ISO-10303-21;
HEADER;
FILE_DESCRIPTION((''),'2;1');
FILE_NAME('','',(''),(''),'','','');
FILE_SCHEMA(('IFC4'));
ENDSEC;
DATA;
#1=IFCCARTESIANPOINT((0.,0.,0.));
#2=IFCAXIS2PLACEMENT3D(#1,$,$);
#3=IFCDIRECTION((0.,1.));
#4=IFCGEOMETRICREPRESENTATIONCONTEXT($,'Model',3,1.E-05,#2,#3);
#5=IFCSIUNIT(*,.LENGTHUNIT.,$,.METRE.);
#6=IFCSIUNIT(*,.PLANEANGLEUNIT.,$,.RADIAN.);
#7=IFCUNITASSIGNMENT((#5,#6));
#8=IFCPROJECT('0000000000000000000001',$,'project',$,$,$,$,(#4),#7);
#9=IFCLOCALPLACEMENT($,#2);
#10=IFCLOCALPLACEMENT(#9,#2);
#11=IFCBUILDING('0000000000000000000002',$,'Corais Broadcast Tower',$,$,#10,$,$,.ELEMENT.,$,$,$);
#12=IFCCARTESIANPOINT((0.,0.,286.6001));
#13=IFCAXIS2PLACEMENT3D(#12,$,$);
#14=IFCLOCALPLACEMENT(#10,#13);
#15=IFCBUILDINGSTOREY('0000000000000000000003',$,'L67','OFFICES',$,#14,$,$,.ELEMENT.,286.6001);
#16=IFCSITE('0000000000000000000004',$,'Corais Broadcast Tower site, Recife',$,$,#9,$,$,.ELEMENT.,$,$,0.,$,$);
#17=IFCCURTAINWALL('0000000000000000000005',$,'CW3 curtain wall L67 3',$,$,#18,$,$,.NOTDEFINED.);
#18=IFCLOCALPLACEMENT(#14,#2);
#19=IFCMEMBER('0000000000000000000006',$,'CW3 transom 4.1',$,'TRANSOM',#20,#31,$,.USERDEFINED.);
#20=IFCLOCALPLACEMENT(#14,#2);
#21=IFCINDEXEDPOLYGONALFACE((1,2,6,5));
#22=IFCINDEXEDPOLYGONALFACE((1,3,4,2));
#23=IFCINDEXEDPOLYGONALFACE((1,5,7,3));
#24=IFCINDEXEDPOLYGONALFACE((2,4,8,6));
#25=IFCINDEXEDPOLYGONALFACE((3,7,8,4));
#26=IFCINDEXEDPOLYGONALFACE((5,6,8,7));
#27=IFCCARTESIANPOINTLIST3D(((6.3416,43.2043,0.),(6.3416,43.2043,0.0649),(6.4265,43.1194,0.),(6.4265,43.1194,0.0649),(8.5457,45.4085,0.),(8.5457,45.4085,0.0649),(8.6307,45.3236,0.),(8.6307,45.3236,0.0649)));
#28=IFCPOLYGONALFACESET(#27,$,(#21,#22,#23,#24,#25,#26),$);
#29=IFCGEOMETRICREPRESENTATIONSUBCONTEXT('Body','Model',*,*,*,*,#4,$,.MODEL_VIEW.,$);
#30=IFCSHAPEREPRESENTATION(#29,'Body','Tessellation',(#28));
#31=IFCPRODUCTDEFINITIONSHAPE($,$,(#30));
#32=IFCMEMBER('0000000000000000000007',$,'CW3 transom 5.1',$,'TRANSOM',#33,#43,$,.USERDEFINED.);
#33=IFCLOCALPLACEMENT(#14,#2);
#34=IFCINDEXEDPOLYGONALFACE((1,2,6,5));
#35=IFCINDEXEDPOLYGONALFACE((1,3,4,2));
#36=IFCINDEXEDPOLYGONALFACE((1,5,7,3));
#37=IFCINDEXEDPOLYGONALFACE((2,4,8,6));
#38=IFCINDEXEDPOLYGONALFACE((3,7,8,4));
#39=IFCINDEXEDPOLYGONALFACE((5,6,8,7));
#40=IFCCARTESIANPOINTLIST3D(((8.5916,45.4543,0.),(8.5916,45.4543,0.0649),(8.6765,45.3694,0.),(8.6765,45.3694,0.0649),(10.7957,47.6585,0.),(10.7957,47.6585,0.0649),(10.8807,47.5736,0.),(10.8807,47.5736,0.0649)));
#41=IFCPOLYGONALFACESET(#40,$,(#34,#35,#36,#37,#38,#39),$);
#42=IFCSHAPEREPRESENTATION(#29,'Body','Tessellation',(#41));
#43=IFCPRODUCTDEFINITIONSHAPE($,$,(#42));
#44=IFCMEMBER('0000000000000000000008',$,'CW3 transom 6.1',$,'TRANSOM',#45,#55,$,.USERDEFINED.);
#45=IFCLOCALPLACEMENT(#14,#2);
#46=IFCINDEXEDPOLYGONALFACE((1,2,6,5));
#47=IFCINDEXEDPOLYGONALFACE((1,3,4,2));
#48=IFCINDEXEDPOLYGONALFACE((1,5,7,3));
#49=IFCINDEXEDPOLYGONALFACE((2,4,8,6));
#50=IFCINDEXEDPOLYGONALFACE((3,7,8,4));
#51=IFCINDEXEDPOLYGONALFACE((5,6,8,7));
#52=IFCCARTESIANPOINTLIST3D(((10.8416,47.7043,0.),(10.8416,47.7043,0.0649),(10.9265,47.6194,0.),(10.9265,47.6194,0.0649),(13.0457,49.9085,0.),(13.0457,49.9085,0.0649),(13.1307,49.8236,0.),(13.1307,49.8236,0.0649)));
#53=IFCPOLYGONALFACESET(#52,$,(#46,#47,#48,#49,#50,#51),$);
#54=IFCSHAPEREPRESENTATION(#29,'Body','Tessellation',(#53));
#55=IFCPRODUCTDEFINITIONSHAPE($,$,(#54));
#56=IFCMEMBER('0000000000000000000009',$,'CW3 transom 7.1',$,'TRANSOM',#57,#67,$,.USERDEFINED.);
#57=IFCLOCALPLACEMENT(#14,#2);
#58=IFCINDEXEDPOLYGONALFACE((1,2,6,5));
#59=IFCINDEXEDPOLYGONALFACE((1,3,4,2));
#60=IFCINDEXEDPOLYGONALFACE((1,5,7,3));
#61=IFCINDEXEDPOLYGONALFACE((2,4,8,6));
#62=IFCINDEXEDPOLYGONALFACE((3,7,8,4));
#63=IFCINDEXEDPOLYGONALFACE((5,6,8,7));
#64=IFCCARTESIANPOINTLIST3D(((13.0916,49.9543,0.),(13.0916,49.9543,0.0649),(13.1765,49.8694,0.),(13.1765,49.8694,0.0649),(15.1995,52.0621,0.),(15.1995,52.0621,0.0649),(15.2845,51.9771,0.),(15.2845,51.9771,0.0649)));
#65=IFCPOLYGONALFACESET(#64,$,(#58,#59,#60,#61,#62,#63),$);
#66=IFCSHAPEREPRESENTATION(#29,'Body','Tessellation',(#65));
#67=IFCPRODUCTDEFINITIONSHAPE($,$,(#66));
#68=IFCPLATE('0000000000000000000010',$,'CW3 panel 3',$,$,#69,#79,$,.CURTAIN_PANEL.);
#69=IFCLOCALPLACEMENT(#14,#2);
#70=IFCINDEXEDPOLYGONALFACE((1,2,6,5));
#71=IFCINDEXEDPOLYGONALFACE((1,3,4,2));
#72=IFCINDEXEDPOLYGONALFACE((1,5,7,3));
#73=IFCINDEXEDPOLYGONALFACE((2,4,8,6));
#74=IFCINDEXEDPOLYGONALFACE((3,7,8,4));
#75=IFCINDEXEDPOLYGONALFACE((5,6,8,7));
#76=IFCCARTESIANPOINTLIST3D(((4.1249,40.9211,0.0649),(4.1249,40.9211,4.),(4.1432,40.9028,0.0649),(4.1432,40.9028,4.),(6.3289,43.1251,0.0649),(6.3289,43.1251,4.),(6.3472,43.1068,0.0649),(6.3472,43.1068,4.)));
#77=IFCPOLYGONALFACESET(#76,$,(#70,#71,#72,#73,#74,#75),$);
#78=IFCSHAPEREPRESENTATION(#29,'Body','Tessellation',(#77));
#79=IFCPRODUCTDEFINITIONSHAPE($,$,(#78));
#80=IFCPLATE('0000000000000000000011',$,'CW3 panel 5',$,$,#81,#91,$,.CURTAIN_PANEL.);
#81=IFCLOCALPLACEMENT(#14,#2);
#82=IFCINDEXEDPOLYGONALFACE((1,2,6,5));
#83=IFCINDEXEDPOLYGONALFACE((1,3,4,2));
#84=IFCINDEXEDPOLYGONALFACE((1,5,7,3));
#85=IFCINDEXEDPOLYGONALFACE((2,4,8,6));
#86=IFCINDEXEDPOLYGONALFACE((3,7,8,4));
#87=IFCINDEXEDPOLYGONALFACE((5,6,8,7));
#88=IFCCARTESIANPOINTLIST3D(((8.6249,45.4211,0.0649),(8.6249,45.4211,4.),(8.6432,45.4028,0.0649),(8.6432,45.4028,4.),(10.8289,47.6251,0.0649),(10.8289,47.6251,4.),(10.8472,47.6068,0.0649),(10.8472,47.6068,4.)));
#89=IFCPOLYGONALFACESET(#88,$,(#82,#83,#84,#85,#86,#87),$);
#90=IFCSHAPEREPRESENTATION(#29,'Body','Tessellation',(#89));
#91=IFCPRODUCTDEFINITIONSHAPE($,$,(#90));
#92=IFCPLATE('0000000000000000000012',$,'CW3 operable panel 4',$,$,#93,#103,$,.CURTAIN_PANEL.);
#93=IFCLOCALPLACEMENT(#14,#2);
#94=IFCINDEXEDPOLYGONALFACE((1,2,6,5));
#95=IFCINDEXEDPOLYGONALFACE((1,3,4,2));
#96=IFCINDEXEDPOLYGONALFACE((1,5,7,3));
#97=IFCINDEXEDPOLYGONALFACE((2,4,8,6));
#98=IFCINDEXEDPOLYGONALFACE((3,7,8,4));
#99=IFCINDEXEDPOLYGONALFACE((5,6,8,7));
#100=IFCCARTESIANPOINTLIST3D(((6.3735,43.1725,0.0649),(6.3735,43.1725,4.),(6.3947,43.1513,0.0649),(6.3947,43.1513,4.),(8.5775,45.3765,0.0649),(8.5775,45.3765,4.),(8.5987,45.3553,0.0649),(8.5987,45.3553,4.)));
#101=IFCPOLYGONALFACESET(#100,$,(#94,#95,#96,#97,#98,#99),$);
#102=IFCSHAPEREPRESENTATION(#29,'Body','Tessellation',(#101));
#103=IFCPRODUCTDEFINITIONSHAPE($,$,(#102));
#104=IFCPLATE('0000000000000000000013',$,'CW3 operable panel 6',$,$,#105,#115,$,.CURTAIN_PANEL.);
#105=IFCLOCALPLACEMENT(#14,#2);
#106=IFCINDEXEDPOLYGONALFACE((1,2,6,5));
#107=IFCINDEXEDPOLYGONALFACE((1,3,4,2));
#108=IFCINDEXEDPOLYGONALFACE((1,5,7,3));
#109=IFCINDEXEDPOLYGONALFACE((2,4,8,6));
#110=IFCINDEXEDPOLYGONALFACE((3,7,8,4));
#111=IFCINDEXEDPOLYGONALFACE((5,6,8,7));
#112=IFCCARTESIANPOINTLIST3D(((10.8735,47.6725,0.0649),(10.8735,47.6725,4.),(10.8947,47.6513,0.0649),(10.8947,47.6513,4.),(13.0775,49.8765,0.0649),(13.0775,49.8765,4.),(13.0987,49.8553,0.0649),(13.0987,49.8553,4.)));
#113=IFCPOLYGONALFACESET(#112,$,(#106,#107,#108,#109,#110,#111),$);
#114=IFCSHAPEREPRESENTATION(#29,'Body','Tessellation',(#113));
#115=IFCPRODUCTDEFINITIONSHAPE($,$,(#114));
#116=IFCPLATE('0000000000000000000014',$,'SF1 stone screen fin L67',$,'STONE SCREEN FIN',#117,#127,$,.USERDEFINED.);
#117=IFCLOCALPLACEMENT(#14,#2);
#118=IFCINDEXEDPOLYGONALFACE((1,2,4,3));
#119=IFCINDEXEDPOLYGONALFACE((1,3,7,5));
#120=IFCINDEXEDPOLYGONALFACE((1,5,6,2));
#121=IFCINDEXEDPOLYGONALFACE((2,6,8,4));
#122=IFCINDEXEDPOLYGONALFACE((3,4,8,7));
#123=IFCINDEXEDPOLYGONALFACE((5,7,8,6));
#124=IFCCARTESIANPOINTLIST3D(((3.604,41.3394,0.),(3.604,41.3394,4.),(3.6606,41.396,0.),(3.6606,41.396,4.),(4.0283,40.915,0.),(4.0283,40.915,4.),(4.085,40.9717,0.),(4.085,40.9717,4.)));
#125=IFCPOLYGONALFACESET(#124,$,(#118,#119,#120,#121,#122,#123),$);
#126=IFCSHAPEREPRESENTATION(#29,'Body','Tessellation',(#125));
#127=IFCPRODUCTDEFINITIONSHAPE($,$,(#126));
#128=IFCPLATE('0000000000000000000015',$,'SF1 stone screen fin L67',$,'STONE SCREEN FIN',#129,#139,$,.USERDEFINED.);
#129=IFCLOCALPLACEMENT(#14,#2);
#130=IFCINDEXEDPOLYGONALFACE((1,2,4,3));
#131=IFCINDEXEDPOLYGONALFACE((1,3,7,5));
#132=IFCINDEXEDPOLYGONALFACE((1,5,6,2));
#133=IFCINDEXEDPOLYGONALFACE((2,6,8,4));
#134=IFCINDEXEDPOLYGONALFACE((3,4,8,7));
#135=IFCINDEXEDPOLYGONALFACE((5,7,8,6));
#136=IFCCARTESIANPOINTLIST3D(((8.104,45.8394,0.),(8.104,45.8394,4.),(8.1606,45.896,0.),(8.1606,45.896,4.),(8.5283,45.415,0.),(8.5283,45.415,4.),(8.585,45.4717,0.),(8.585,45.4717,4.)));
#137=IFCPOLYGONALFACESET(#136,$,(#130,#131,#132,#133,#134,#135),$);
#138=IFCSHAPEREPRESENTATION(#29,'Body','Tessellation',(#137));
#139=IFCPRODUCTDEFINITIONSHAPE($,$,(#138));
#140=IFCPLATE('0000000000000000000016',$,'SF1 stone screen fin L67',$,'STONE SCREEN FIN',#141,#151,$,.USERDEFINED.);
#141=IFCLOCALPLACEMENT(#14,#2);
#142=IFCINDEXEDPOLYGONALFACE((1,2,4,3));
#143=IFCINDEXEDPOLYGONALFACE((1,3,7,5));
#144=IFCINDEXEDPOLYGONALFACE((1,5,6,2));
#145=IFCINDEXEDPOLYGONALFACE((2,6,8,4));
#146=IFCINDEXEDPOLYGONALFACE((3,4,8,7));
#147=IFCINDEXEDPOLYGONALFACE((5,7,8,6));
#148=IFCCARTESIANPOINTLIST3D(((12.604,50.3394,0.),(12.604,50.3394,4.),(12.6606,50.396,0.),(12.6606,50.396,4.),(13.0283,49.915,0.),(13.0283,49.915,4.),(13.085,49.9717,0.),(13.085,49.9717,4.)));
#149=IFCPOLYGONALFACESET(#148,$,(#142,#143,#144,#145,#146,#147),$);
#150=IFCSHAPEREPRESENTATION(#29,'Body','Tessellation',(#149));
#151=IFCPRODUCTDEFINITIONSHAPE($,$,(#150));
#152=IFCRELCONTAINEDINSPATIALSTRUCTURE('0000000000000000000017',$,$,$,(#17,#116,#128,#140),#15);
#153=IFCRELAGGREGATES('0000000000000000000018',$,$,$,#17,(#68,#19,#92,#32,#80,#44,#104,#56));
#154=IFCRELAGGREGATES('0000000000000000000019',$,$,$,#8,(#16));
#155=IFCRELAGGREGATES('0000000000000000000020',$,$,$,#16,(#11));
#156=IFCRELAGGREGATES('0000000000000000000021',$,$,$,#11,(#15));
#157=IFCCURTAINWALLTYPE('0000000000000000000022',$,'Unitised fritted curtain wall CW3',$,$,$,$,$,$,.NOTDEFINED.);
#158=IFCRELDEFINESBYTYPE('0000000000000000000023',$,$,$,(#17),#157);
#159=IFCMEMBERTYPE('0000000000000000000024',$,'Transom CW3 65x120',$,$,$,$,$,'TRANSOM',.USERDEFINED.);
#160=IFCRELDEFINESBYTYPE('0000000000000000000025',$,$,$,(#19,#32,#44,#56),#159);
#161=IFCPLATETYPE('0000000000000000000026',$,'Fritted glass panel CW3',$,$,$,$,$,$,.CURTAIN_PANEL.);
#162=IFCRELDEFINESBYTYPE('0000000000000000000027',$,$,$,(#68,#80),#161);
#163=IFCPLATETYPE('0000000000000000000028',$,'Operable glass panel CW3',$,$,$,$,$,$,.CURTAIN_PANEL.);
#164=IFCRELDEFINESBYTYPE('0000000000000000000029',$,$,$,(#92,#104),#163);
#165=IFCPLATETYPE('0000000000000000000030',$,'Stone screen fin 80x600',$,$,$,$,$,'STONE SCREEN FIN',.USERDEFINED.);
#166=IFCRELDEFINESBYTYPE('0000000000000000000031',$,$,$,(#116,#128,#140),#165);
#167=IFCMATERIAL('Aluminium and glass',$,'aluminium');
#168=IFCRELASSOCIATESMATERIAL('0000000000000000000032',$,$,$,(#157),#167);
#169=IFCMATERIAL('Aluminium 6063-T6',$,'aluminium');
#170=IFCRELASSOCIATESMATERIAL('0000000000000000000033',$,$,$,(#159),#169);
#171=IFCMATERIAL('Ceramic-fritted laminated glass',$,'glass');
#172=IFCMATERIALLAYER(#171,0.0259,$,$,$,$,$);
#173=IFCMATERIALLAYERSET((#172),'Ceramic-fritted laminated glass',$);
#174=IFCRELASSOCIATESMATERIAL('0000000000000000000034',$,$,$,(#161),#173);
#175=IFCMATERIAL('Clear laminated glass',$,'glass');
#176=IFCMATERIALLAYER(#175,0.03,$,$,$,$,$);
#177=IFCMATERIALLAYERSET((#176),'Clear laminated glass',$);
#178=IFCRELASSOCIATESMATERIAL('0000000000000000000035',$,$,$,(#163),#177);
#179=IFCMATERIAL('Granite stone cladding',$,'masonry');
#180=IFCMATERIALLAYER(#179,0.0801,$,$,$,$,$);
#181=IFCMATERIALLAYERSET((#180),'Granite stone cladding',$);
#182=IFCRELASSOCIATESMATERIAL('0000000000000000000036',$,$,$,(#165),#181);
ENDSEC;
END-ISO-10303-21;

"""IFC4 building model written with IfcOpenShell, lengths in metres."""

from ifc_helpers import new_model, si_unit, direction, frame, origin, origin_2d, place, context, subcontext, project, spatial, rectangle, extrude, material, layer, layer_set, material_profile, profile_set, type_object, element, aggregate, save


model = new_model("IFC4")

# Units and contexts
model_context = context("Model", 3, precision=1e-05, world=origin(), true_north=direction((0.0, 1.0)))
body_context = subcontext(model_context, "Body", "Model", "MODEL_VIEW")
ifc_project = project(units=[si_unit("LENGTHUNIT", "METRE"), si_unit("PLANEANGLEUNIT", "RADIAN")], contexts=[model_context])

# Site, building, storey
site_placement = place(None, origin())
site = spatial("IfcSite", under=ifc_project, at=site_placement, Name="Corais Broadcast Tower site, Recife", CompositionType="ELEMENT", RefElevation=0.0)
building_placement = place(site_placement, origin())
building = spatial("IfcBuilding", under=site, at=building_placement, Name="Corais Broadcast Tower", CompositionType="ELEMENT")
storey_placement = place(building_placement, frame((0.0, 0.0, 286.6001)))
storey = spatial("IfcBuildingStorey", under=building, at=storey_placement, Name="L67", Description="OFFICES", CompositionType="ELEMENT", Elevation=286.6001)

# Curtain wall
ifc_material_1 = material(Name="Aluminium and glass", Category="aluminium")
curtain_wall_type = type_object("IfcCurtainWallType", Name="Unitised fritted curtain wall CW3", PredefinedType="NOTDEFINED", material=ifc_material_1)
curtain_wall_placement = place(storey_placement, origin())
curtain_wall = element("IfcCurtainWall", 1, at=curtain_wall_placement, inside=storey, type_object=curtain_wall_type, Name="CW3 curtain wall L67 3", PredefinedType="NOTDEFINED")

# Members
ifc_material_2 = material(Name="Aluminium 6063-T6", Category="aluminium")
ifc_material_profile_1 = material_profile(ifc_material_2, rectangle(XDim=0.1201, YDim=0.0649, at=origin_2d()), Name="Transom CW3 65x120")
ifc_profile_set_1 = profile_set([ifc_material_profile_1], Name="Aluminium 6063-T6")
member_type_1 = type_object("IfcMemberType", Name="Transom CW3 65x120", ElementType="TRANSOM", PredefinedType="USERDEFINED", material=ifc_profile_set_1)
member_1_placement = place(storey_placement, frame((6.384, 43.1619, 0.0325), z_axis=(0.707107, 0.707107, 0.0), x_axis=(-0.707107, 0.707107, 0.0)))
member_1 = element("IfcMember", 2, at=member_1_placement, type_object=member_type_1, Name="CW3 transom 4.1", ObjectType="TRANSOM", PredefinedType="USERDEFINED", context=body_context, shape_type="SweptSolid", body=[
    extrude(rectangle(XDim=0.1201, YDim=0.0649, at=origin_2d()), origin(), (0.0, 0.0, 1.0), 3.1172),
])
member_2_placement = place(storey_placement, frame((8.634, 45.4119, 0.0325), z_axis=(0.707107, 0.707107, 0.0), x_axis=(-0.707107, 0.707107, 0.0)))
member_2 = element("IfcMember", 3, at=member_2_placement, type_object=member_type_1, Name="CW3 transom 5.1", ObjectType="TRANSOM", PredefinedType="USERDEFINED", context=body_context, shape_type="SweptSolid", body=[
    extrude(rectangle(XDim=0.1201, YDim=0.0649, at=origin_2d()), origin(), (0.0, 0.0, 1.0), 3.1172),
])
member_3_placement = place(storey_placement, frame((10.884, 47.6619, 0.0325), z_axis=(0.707107, 0.707107, 0.0), x_axis=(-0.707107, 0.707107, 0.0)))
member_3 = element("IfcMember", 4, at=member_3_placement, type_object=member_type_1, Name="CW3 transom 6.1", ObjectType="TRANSOM", PredefinedType="USERDEFINED", context=body_context, shape_type="SweptSolid", body=[
    extrude(rectangle(XDim=0.1201, YDim=0.0649, at=origin_2d()), origin(), (0.0, 0.0, 1.0), 3.1172),
])
member_4_placement = place(storey_placement, frame((13.134, 49.9119, 0.0325), z_axis=(0.707148, 0.707066, 0.0), x_axis=(-0.707066, 0.707148, 0.0)))
member_4 = element("IfcMember", 5, at=member_4_placement, type_object=member_type_1, Name="CW3 transom 7.1", ObjectType="TRANSOM", PredefinedType="USERDEFINED", context=body_context, shape_type="SweptSolid", body=[
    extrude(rectangle(XDim=0.1201, YDim=0.0649, at=origin_2d()), origin(), (0.0, 0.0, 1.0), 2.981),
])

# Plates
ifc_material_3 = material(Name="Ceramic-fritted laminated glass", Category="glass")
ifc_layer_1 = layer(ifc_material_3, 0.0259)
ifc_layer_set_1 = layer_set([ifc_layer_1], Name="Ceramic-fritted laminated glass")
plate_type_1 = type_object("IfcPlateType", Name="Fritted glass panel CW3", PredefinedType="CURTAIN_PANEL", material=ifc_layer_set_1)
plate_1_placement = place(storey_placement, frame((5.2361, 42.0139, 0.0649), z_axis=(0.0, 0.0, 1.0), x_axis=(0.707107, 0.707107, 0.0)))
plate_1 = element("IfcPlate", 6, at=plate_1_placement, type_object=plate_type_1, Name="CW3 panel 3", PredefinedType="CURTAIN_PANEL", context=body_context, shape_type="SweptSolid", body=[
    extrude(rectangle(XDim=3.1169, YDim=0.0259, at=origin_2d()), origin(), (0.0, 0.0, 1.0), 3.9351),
])
plate_2_placement = place(storey_placement, frame((9.7361, 46.5139, 0.0649), z_axis=(0.0, 0.0, 1.0), x_axis=(0.707107, 0.707107, 0.0)))
plate_2 = element("IfcPlate", 7, at=plate_2_placement, type_object=plate_type_1, Name="CW3 panel 5", PredefinedType="CURTAIN_PANEL", context=body_context, shape_type="SweptSolid", body=[
    extrude(rectangle(XDim=3.1169, YDim=0.0259, at=origin_2d()), origin(), (0.0, 0.0, 1.0), 3.9351),
])
ifc_material_4 = material(Name="Clear laminated glass", Category="glass")
ifc_layer_2 = layer(ifc_material_4, 0.03)
ifc_layer_set_2 = layer_set([ifc_layer_2], Name="Clear laminated glass")
plate_type_2 = type_object("IfcPlateType", Name="Operable glass panel CW3", PredefinedType="CURTAIN_PANEL", material=ifc_layer_set_2)
plate_3_placement = place(storey_placement, frame((7.4861, 44.2639, 0.0649), z_axis=(0.0, 0.0, 1.0), x_axis=(0.707107, 0.707107, 0.0)))
plate_3 = element("IfcPlate", 8, at=plate_3_placement, type_object=plate_type_2, Name="CW3 operable panel 4", PredefinedType="CURTAIN_PANEL", context=body_context, shape_type="SweptSolid", body=[
    extrude(rectangle(XDim=3.1169, YDim=0.03, at=origin_2d()), origin(), (0.0, 0.0, 1.0), 3.9351),
])
plate_4_placement = place(storey_placement, frame((11.9861, 48.7639, 0.0649), z_axis=(0.0, 0.0, 1.0), x_axis=(0.707107, 0.707107, 0.0)))
plate_4 = element("IfcPlate", 9, at=plate_4_placement, type_object=plate_type_2, Name="CW3 operable panel 6", PredefinedType="CURTAIN_PANEL", context=body_context, shape_type="SweptSolid", body=[
    extrude(rectangle(XDim=3.1169, YDim=0.03, at=origin_2d()), origin(), (0.0, 0.0, 1.0), 3.9351),
])
aggregate(curtain_wall, [plate_1, member_1, plate_3, member_2, plate_2, member_3, plate_4, member_4])

# Plates
ifc_material_5 = material(Name="Granite stone cladding", Category="masonry")
ifc_layer_3 = layer(ifc_material_5, 0.0801)
ifc_layer_set_3 = layer_set([ifc_layer_3], Name="Granite stone cladding")
plate_type_3 = type_object("IfcPlateType", Name="Stone screen fin 80x600", ElementType="STONE SCREEN FIN", PredefinedType="USERDEFINED", material=ifc_layer_set_3)
for number, where, z_axis, x_axis, name in (
    (10, (3.8445, 41.1555, 0.0), (0.0, 0.0, 1.0), (0.707107, 0.707107, 0.0), "SF1 stone screen fin L67"),
    (11, (8.3445, 45.6555, 0.0), (0.0, 0.0, 1.0), (0.707107, 0.707107, 0.0), "SF1 stone screen fin L67"),
    (12, (12.8445, 50.1555, 0.0), (0.0, 0.0, 1.0), (0.707107, 0.707107, 0.0), "SF1 stone screen fin L67"),
):
    element("IfcPlate", number, at=place(storey_placement, frame(where, z_axis=z_axis, x_axis=x_axis)), inside=storey, type_object=plate_type_3, Name=name, ObjectType="STONE SCREEN FIN", PredefinedType="USERDEFINED", context=body_context, shape_type="SweptSolid", body=[
        extrude(rectangle(XDim=0.0801, YDim=0.6001, at=origin_2d()), origin(), (0.0, 0.0, 1.0), 4.0),
    ])

save(model, "model.ifc")
